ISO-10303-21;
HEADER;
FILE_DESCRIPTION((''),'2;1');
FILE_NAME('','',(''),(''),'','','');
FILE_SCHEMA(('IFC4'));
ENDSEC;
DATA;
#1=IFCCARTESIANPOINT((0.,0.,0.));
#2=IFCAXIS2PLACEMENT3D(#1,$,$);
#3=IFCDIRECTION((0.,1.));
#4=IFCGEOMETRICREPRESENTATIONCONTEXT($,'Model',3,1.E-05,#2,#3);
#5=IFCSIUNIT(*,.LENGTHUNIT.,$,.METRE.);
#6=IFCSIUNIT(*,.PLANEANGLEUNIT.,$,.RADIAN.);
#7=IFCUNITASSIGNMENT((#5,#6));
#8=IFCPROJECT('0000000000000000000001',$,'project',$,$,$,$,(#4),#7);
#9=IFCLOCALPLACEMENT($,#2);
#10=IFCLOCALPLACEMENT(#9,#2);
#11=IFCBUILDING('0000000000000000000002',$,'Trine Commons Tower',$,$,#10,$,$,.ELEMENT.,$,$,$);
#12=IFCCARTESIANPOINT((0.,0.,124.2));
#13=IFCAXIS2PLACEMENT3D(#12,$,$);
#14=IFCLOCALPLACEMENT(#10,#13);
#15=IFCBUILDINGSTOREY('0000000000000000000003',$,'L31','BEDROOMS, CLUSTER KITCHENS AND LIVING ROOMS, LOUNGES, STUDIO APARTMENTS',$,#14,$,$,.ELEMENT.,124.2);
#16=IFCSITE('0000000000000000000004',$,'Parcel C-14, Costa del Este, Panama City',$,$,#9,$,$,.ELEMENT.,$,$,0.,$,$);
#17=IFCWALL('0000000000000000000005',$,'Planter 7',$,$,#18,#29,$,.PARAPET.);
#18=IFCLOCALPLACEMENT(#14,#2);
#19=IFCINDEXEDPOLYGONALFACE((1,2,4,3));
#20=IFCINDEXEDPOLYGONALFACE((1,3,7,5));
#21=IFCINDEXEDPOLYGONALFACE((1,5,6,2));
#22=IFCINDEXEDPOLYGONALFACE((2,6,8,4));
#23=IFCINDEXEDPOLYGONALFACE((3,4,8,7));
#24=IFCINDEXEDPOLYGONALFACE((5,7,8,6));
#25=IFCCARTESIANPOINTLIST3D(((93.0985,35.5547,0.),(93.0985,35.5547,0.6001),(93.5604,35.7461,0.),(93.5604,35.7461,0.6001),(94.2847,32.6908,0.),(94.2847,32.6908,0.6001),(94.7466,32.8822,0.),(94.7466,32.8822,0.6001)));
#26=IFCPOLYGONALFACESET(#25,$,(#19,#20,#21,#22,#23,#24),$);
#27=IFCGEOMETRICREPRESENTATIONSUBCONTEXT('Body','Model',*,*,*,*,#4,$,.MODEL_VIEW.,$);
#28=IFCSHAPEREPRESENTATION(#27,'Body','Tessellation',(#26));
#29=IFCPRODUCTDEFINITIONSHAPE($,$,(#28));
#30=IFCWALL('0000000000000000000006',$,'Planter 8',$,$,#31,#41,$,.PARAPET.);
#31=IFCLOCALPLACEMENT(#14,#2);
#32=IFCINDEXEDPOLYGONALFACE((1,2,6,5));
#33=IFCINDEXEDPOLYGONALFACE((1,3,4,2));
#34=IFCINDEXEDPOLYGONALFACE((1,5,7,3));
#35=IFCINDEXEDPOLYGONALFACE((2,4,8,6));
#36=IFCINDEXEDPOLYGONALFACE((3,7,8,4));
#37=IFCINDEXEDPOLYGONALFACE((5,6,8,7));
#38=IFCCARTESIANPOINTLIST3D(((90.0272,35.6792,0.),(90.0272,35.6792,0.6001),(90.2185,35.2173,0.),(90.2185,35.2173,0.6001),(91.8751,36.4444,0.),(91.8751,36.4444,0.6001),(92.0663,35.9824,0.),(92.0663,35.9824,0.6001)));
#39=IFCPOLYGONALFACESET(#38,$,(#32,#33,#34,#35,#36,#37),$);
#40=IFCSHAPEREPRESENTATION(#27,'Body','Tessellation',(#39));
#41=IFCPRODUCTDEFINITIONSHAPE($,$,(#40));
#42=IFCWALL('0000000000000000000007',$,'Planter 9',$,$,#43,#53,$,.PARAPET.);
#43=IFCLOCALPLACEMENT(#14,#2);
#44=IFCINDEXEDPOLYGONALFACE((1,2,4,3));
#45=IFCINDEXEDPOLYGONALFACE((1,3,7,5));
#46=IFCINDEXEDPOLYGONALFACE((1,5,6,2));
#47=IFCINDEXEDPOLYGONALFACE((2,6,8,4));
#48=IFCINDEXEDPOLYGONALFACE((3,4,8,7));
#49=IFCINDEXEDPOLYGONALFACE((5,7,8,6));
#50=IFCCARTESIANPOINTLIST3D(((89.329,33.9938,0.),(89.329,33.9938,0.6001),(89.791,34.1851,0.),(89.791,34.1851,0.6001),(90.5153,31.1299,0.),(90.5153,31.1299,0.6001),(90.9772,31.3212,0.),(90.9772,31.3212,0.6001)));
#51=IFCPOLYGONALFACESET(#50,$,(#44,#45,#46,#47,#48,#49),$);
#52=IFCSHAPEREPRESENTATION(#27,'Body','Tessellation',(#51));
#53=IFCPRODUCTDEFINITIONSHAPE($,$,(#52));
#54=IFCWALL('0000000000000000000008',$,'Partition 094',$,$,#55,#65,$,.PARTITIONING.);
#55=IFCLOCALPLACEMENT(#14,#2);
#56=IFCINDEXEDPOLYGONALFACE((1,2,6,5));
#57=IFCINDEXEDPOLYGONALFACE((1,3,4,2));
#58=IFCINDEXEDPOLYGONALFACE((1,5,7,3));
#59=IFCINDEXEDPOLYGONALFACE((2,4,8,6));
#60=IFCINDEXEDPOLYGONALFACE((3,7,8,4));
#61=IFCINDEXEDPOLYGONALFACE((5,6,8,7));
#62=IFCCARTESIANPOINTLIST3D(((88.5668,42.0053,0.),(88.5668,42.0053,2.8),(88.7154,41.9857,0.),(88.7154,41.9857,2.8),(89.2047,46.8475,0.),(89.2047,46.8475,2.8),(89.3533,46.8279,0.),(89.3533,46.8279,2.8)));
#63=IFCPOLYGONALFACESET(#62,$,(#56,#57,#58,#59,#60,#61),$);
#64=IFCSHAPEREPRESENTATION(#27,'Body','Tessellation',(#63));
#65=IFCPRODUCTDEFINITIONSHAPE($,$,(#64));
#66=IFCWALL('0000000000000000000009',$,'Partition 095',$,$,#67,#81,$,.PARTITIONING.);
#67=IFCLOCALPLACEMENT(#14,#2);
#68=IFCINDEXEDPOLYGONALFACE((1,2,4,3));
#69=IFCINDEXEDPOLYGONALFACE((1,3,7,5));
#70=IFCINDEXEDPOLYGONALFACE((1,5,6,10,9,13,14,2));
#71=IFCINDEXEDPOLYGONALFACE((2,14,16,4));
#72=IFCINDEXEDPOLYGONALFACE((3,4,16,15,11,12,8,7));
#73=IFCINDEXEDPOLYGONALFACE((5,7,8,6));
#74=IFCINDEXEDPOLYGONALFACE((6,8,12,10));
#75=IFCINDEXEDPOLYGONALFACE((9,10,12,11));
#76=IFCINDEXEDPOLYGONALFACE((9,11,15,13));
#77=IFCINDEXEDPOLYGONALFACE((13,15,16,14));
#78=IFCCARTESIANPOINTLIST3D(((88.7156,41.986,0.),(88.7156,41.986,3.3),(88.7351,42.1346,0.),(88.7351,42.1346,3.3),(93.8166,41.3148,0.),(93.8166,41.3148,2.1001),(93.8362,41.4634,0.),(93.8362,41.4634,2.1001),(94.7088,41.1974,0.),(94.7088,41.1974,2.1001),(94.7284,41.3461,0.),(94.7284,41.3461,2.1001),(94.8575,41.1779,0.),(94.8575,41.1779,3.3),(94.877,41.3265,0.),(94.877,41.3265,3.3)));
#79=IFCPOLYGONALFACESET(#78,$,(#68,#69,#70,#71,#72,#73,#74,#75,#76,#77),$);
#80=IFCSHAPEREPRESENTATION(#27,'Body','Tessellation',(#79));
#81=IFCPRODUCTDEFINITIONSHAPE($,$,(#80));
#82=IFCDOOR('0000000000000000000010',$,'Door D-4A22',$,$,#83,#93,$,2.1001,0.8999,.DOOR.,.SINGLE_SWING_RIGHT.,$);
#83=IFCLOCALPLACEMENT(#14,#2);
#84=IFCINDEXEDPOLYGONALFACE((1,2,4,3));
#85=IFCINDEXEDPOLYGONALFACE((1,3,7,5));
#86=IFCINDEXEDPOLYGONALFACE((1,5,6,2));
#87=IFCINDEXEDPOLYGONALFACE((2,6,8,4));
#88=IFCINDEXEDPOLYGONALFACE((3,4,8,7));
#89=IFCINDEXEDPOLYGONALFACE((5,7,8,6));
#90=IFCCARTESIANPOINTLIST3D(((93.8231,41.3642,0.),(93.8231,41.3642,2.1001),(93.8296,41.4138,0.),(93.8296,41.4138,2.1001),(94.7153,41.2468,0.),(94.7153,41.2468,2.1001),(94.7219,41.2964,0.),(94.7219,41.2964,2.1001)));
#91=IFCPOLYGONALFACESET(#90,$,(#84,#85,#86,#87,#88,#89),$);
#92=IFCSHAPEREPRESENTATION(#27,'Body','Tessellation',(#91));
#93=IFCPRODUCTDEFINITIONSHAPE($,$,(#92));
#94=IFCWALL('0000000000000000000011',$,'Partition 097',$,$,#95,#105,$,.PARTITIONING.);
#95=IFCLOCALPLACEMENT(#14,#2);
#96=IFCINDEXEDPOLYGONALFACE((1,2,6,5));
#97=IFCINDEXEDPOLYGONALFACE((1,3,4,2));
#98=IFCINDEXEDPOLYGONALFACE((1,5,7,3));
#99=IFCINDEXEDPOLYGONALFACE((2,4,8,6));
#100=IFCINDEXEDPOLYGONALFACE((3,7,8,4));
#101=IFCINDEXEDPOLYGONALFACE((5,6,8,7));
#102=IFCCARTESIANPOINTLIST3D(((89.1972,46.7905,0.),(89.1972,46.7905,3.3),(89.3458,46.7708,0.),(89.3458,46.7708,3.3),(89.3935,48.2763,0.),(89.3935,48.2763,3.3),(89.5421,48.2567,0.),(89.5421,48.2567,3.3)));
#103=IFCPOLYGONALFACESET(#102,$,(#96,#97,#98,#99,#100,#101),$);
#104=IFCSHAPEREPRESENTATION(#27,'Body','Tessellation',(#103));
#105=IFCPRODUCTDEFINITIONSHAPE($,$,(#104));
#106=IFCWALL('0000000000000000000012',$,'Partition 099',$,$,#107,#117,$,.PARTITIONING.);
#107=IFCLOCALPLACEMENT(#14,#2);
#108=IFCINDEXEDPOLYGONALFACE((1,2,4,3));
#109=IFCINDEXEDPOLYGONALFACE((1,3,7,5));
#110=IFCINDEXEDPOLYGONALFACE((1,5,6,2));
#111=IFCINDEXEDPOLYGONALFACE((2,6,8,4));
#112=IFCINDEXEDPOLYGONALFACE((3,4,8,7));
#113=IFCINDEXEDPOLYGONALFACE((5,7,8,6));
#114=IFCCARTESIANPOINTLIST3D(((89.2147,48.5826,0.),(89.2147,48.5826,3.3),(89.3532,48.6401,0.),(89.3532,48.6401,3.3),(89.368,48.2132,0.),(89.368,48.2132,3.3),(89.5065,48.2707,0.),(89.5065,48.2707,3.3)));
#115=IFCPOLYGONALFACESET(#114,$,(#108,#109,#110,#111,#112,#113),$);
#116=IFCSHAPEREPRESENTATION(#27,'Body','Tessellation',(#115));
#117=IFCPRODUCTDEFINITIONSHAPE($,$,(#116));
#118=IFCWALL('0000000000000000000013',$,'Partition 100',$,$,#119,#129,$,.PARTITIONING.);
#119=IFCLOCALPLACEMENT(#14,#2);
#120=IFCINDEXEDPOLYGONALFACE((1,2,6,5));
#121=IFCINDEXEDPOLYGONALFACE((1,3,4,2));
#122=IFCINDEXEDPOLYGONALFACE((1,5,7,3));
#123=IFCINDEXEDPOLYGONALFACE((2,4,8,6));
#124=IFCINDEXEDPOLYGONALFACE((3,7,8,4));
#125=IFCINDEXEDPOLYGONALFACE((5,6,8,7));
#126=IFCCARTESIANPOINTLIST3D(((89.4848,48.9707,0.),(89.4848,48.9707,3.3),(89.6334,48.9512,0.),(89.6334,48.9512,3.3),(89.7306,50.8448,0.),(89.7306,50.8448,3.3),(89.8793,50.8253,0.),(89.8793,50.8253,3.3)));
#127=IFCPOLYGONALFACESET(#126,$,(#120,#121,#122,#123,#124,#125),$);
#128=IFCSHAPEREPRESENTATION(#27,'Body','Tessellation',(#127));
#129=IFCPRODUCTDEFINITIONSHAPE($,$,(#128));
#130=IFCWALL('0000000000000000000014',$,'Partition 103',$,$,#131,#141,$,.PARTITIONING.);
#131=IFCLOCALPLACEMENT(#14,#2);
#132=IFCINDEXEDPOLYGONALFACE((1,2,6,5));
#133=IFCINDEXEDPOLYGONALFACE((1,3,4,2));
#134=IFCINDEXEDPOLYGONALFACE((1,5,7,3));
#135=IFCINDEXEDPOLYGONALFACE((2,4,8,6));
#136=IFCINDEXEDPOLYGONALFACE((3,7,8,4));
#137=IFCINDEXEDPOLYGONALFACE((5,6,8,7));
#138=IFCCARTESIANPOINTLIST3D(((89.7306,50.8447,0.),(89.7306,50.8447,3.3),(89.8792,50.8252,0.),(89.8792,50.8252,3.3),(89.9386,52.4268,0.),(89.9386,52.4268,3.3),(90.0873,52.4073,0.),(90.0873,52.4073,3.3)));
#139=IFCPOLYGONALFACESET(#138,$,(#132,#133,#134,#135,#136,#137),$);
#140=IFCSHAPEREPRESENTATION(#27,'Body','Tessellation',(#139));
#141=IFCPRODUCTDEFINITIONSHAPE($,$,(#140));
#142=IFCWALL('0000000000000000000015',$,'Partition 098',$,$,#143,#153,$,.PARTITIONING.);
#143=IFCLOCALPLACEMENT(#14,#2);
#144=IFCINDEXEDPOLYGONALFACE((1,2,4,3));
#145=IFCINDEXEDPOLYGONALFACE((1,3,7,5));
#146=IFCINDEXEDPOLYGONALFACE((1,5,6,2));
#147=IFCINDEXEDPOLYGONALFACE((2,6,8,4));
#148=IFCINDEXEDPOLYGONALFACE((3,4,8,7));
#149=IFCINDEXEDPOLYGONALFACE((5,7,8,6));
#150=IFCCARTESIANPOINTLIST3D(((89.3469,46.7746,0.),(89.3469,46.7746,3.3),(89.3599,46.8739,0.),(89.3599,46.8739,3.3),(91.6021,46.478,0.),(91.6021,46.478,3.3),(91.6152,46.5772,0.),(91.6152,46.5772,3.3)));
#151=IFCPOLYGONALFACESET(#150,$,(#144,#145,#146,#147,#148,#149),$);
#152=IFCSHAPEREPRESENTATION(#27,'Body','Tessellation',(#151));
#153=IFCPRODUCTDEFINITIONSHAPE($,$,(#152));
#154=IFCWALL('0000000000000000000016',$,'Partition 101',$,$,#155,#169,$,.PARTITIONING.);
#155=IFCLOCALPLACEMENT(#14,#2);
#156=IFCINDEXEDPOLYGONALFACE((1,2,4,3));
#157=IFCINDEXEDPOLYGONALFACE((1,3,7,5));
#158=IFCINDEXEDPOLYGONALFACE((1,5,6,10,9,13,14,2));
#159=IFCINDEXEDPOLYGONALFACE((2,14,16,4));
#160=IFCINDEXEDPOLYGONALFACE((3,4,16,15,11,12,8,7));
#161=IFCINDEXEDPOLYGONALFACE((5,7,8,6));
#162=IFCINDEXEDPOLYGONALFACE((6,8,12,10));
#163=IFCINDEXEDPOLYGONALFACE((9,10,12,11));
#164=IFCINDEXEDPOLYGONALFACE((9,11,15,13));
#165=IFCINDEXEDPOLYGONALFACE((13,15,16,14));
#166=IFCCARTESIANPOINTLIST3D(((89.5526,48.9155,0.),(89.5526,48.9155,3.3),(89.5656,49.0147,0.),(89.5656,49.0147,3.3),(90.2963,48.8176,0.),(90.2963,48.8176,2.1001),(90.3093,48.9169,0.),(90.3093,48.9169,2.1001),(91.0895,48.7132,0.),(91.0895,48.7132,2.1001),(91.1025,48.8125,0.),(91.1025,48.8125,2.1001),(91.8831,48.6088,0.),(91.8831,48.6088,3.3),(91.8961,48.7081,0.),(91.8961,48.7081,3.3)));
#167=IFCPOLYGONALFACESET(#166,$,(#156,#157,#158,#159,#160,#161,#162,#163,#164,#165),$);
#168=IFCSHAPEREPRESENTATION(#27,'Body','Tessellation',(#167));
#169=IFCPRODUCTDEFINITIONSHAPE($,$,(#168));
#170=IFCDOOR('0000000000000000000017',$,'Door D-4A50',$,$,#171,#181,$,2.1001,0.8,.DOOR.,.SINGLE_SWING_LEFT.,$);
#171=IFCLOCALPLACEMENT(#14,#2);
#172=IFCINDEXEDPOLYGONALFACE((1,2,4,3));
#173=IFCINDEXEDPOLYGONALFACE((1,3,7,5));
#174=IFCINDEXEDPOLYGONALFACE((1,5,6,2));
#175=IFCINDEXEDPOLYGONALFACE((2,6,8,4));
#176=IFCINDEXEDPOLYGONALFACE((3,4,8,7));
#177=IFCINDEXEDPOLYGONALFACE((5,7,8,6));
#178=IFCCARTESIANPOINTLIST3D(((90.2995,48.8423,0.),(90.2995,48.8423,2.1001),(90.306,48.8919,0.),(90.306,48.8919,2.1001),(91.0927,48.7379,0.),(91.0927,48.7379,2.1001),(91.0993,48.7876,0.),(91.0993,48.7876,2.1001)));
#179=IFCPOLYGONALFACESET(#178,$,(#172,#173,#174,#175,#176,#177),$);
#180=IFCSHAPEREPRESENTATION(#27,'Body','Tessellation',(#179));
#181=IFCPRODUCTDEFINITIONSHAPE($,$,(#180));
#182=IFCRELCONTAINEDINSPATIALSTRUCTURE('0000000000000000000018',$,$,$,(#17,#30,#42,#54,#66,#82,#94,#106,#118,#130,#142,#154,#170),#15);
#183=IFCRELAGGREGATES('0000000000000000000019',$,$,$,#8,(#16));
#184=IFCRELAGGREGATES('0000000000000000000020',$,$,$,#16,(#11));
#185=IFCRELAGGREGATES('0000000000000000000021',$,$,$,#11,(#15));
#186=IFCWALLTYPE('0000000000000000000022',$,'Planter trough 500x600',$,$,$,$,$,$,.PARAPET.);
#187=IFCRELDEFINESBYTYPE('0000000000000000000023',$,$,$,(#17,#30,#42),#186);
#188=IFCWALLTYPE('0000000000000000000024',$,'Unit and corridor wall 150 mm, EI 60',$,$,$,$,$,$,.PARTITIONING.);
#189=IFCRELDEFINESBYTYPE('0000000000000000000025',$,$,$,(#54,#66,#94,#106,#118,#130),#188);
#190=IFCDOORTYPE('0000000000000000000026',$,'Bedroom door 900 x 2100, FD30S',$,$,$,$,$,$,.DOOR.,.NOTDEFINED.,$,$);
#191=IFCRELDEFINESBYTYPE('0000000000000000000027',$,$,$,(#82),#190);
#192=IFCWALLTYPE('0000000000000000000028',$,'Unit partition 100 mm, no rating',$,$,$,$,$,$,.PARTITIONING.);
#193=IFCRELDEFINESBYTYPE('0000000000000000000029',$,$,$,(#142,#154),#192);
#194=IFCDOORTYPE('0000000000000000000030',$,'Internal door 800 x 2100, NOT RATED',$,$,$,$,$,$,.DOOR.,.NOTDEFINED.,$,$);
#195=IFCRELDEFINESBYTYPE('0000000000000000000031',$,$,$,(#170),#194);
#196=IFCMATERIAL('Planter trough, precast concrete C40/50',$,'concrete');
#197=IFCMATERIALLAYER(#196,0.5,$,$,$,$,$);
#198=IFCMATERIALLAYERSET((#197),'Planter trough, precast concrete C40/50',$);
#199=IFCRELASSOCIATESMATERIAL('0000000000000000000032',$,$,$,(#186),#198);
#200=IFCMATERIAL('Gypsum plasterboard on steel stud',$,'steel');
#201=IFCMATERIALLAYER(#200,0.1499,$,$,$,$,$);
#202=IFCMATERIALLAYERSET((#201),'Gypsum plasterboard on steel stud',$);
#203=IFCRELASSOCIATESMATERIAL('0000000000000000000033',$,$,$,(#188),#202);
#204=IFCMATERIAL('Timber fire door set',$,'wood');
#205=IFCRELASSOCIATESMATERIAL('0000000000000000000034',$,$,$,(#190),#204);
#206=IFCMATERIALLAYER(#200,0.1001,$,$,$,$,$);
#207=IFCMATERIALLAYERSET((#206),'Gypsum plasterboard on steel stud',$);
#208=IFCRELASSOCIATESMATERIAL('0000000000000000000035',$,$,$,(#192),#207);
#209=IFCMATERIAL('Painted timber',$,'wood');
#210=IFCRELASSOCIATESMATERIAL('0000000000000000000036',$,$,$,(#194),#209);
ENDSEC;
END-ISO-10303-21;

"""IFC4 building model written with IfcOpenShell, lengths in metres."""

from ifc_helpers import new_model, si_unit, direction, frame, frame_2d, origin, place, context, subcontext, project, spatial, rectangle, extrude, material, layer, layer_set, type_object, element, fill, save


model = new_model("IFC4")

# Units and contexts
model_context = context("Model", 3, precision=1e-05, world=origin(), true_north=direction((0.0, 1.0)))
body_context = subcontext(model_context, "Body", "Model", "MODEL_VIEW")
ifc_project = project(units=[si_unit("LENGTHUNIT", "METRE"), si_unit("PLANEANGLEUNIT", "RADIAN")], contexts=[model_context])

# Site, building, storey
site_placement = place(None, origin())
site = spatial("IfcSite", under=ifc_project, at=site_placement, Name="Parcel C-14, Costa del Este, Panama City", CompositionType="ELEMENT", RefElevation=0.0)
building_placement = place(site_placement, origin())
building = spatial("IfcBuilding", under=site, at=building_placement, Name="Trine Commons Tower", CompositionType="ELEMENT")
storey_placement = place(building_placement, frame((0.0, 0.0, 124.2)))
storey = spatial("IfcBuildingStorey", under=building, at=storey_placement, Name="L31", Description="BEDROOMS, CLUSTER KITCHENS AND LIVING ROOMS, LOUNGES, STUDIO APARTMENTS", CompositionType="ELEMENT", Elevation=124.2)

# Walls
ifc_material_1 = material(Name="Planter trough, precast concrete C40/50", Category="concrete")
ifc_layer_1 = layer(ifc_material_1, 0.5)
ifc_layer_set_1 = layer_set([ifc_layer_1], Name="Planter trough, precast concrete C40/50")
wall_type_1 = type_object("IfcWallType", Name="Planter trough 500x600", PredefinedType="PARAPET", material=ifc_layer_set_1)
wall_1_placement = place(storey_placement, frame((94.5156, 32.7866, 0.0), z_axis=(0.0, 0.0, 1.0), x_axis=(-0.382674, 0.923883, 0.0)))
element("IfcWall", 1, at=wall_1_placement, inside=storey, type_object=wall_type_1, Name="Planter 7", PredefinedType="PARAPET", context=body_context, shape_type="SweptSolid", body=[
    extrude(rectangle(XDim=3.0999, YDim=0.5, at=frame_2d((1.5498, 0.0))), origin(), (0.0, 0.0, 1.0), 0.6001),
])
wall_2_placement = place(storey_placement, frame((91.9707, 36.2134, 0.0), z_axis=(0.0, 0.0, 1.0), x_axis=(-0.923931, -0.38256, 0.0)))
element("IfcWall", 2, at=wall_2_placement, inside=storey, type_object=wall_type_1, Name="Planter 8", PredefinedType="PARAPET", context=body_context, shape_type="SweptSolid", body=[
    extrude(rectangle(XDim=2.0, YDim=0.5, at=frame_2d((1.0, 0.0))), origin(), (0.0, 0.0, 1.0), 0.6001),
])
wall_3_placement = place(storey_placement, frame((89.5601, 34.0894, 0.0), z_axis=(0.0, 0.0, 1.0), x_axis=(0.382674, -0.923883, 0.0)))
element("IfcWall", 3, at=wall_3_placement, inside=storey, type_object=wall_type_1, Name="Planter 9", PredefinedType="PARAPET", context=body_context, shape_type="SweptSolid", body=[
    extrude(rectangle(XDim=3.0999, YDim=0.5, at=frame_2d((1.5498, 0.0))), origin(), (0.0, 0.0, 1.0), 0.6001),
])
ifc_material_2 = material(Name="Gypsum plasterboard on steel stud", Category="steel")
ifc_layer_2 = layer(ifc_material_2, 0.1499)
ifc_layer_set_2 = layer_set([ifc_layer_2], Name="Gypsum plasterboard on steel stud")
wall_type_2 = type_object("IfcWallType", Name="Unit and corridor wall 150 mm, EI 60", PredefinedType="PARTITIONING", material=ifc_layer_set_2)
wall_4_placement = place(storey_placement, frame((88.6411, 41.9956, 0.0), z_axis=(0.0, 0.0, 1.0), x_axis=(0.130615, 0.991433, 0.0)))
element("IfcWall", 4, at=wall_4_placement, inside=storey, type_object=wall_type_2, Name="Partition 094", PredefinedType="PARTITIONING", context=body_context, shape_type="SweptSolid", body=[
    extrude(rectangle(XDim=4.884, YDim=0.1499, at=frame_2d((2.4419, 0.0))), origin(), (0.0, 0.0, 1.0), 2.8),
])

# Wall, opening, door
wall_5_placement = place(storey_placement, frame((88.7253, 42.0603, 0.0), z_axis=(0.0, 0.0, 1.0), x_axis=(0.991455, -0.130449, 0.0)))
wall_5 = element("IfcWall", 5, at=wall_5_placement, inside=storey, type_object=wall_type_2, Name="Partition 095", PredefinedType="PARTITIONING", context=body_context, shape_type="SweptSolid", body=[
    extrude(rectangle(XDim=6.1948, YDim=0.1499, at=frame_2d((3.0974, 0.0))), origin(), (0.0, 0.0, 1.0), 3.3),
])
opening_1_placement = place(wall_5_placement, frame((5.145, 0.0, 0.0)))
opening_1 = element("IfcOpeningElement", 6, at=opening_1_placement, cuts=wall_5, PredefinedType="OPENING", context=body_context, shape_type="SweptSolid", body=[
    extrude(rectangle(XDim=0.8999, YDim=2.1001, at=frame_2d((0.45, 1.05))), frame((0.0, 0.085, 0.0), z_axis=(0.0, -1.0, 0.0), x_axis=(1.0, 0.0, 0.0)), (0.0, 0.0, 1.0), 0.1699),
])
ifc_material_3 = material(Name="Timber fire door set", Category="wood")
door_type_1 = type_object("IfcDoorType", Name="Bedroom door 900 x 2100, FD30S", OperationType="NOTDEFINED", PredefinedType="DOOR", material=ifc_material_3)
door_1_placement = place(opening_1_placement, origin())
door_1 = element("IfcDoor", 7, at=door_1_placement, inside=storey, type_object=door_type_1, Name="Door D-4A22", OperationType="SINGLE_SWING_RIGHT", OverallHeight=2.1001, OverallWidth=0.8999, PredefinedType="DOOR", context=body_context, shape_type="SweptSolid", body=[
    extrude(rectangle(XDim=0.8999, YDim=2.1001, at=frame_2d((0.45, 1.05))), frame((0.0, 0.0249, 0.0), z_axis=(0.0, -1.0, 0.0), x_axis=(1.0, 0.0, 0.0)), (0.0, 0.0, 1.0), 0.05),
])
fill(opening_1, door_1)

# Walls
wall_6_placement = place(storey_placement, frame((89.2715, 46.7805, 0.0), z_axis=(0.0, 0.0, 1.0), x_axis=(0.130969, 0.991387, 0.0)))
element("IfcWall", 8, at=wall_6_placement, inside=storey, type_object=wall_type_2, Name="Partition 097", PredefinedType="PARTITIONING", context=body_context, shape_type="SweptSolid", body=[
    extrude(rectangle(XDim=1.4988, YDim=0.1499, at=frame_2d((0.7495, 0.0))), origin(), (0.0, 0.0, 1.0), 3.3),
])
wall_7_placement = place(storey_placement, frame((89.2839, 48.6113, 0.0), z_axis=(0.0, 0.0, 1.0), x_axis=(0.383358, -0.9236, 0.0)))
element("IfcWall", 9, at=wall_7_placement, inside=storey, type_object=wall_type_2, Name="Partition 099", PredefinedType="PARTITIONING", context=body_context, shape_type="SweptSolid", body=[
    extrude(rectangle(XDim=0.3999, YDim=0.1499, at=frame_2d((0.2, 0.0))), origin(), (0.0, 0.0, 1.0), 3.3),
])
wall_8_placement = place(storey_placement, frame((89.5591, 48.9609, 0.0), z_axis=(0.0, 0.0, 1.0), x_axis=(0.130074, 0.991504, 0.0)))
element("IfcWall", 10, at=wall_8_placement, inside=storey, type_object=wall_type_2, Name="Partition 100", PredefinedType="PARTITIONING", context=body_context, shape_type="SweptSolid", body=[
    extrude(rectangle(XDim=1.8901, YDim=0.1499, at=frame_2d((0.9451, 0.0))), origin(), (0.0, 0.0, 1.0), 3.3),
])
wall_9_placement = place(storey_placement, frame((89.8049, 50.835, 0.0), z_axis=(0.0, 0.0, 1.0), x_axis=(0.13036, 0.991467, 0.0)))
element("IfcWall", 11, at=wall_9_placement, inside=storey, type_object=wall_type_2, Name="Partition 103", PredefinedType="PARTITIONING", context=body_context, shape_type="SweptSolid", body=[
    extrude(rectangle(XDim=1.5957, YDim=0.1499, at=frame_2d((0.7979, 0.0))), origin(), (0.0, 0.0, 1.0), 3.3),
])
ifc_layer_3 = layer(ifc_material_2, 0.1001)
ifc_layer_set_3 = layer_set([ifc_layer_3], Name="Gypsum plasterboard on steel stud")
wall_type_3 = type_object("IfcWallType", Name="Unit partition 100 mm, no rating", PredefinedType="PARTITIONING", material=ifc_layer_set_3)
wall_10_placement = place(storey_placement, frame((89.3535, 46.8242, 0.0), z_axis=(0.0, 0.0, 1.0), x_axis=(0.99146, -0.130413, 0.0)))
element("IfcWall", 12, at=wall_10_placement, inside=storey, type_object=wall_type_3, Name="Partition 098", PredefinedType="PARTITIONING", context=body_context, shape_type="SweptSolid", body=[
    extrude(rectangle(XDim=2.2747, YDim=0.1001, at=frame_2d((1.1372, 0.0))), origin(), (0.0, 0.0, 1.0), 3.3),
])

# Wall, opening, door
wall_11_placement = place(storey_placement, frame((89.5591, 48.9651, 0.0), z_axis=(0.0, 0.0, 1.0), x_axis=(0.991455, -0.130449, 0.0)))
wall_11 = element("IfcWall", 13, at=wall_11_placement, inside=storey, type_object=wall_type_3, Name="Partition 101", PredefinedType="PARTITIONING", context=body_context, shape_type="SweptSolid", body=[
    extrude(rectangle(XDim=2.3506, YDim=0.1001, at=frame_2d((1.1753, 0.0))), origin(), (0.0, 0.0, 1.0), 3.3),
])
opening_2_placement = place(wall_11_placement, frame((0.7502, 0.0, 0.0)))
opening_2 = element("IfcOpeningElement", 14, at=opening_2_placement, cuts=wall_11, PredefinedType="OPENING", context=body_context, shape_type="SweptSolid", body=[
    extrude(rectangle(XDim=0.8, YDim=2.1001, at=frame_2d((0.3999, 1.05))), frame((0.0, 0.0601, 0.0), z_axis=(0.0, -1.0, 0.0), x_axis=(1.0, 0.0, 0.0)), (0.0, 0.0, 1.0), 0.1201),
])
ifc_material_4 = material(Name="Painted timber", Category="wood")
door_type_2 = type_object("IfcDoorType", Name="Internal door 800 x 2100, NOT RATED", OperationType="NOTDEFINED", PredefinedType="DOOR", material=ifc_material_4)
door_2_placement = place(opening_2_placement, origin())
door_2 = element("IfcDoor", 15, at=door_2_placement, inside=storey, type_object=door_type_2, Name="Door D-4A50", OperationType="SINGLE_SWING_LEFT", OverallHeight=2.1001, OverallWidth=0.8, PredefinedType="DOOR", context=body_context, shape_type="SweptSolid", body=[
    extrude(rectangle(XDim=0.8, YDim=2.1001, at=frame_2d((0.3999, 1.05))), frame((0.0, 0.0249, 0.0), z_axis=(0.0, -1.0, 0.0), x_axis=(1.0, 0.0, 0.0)), (0.0, 0.0, 1.0), 0.05),
])
fill(opening_2, door_2)

save(model, "model.ifc")
